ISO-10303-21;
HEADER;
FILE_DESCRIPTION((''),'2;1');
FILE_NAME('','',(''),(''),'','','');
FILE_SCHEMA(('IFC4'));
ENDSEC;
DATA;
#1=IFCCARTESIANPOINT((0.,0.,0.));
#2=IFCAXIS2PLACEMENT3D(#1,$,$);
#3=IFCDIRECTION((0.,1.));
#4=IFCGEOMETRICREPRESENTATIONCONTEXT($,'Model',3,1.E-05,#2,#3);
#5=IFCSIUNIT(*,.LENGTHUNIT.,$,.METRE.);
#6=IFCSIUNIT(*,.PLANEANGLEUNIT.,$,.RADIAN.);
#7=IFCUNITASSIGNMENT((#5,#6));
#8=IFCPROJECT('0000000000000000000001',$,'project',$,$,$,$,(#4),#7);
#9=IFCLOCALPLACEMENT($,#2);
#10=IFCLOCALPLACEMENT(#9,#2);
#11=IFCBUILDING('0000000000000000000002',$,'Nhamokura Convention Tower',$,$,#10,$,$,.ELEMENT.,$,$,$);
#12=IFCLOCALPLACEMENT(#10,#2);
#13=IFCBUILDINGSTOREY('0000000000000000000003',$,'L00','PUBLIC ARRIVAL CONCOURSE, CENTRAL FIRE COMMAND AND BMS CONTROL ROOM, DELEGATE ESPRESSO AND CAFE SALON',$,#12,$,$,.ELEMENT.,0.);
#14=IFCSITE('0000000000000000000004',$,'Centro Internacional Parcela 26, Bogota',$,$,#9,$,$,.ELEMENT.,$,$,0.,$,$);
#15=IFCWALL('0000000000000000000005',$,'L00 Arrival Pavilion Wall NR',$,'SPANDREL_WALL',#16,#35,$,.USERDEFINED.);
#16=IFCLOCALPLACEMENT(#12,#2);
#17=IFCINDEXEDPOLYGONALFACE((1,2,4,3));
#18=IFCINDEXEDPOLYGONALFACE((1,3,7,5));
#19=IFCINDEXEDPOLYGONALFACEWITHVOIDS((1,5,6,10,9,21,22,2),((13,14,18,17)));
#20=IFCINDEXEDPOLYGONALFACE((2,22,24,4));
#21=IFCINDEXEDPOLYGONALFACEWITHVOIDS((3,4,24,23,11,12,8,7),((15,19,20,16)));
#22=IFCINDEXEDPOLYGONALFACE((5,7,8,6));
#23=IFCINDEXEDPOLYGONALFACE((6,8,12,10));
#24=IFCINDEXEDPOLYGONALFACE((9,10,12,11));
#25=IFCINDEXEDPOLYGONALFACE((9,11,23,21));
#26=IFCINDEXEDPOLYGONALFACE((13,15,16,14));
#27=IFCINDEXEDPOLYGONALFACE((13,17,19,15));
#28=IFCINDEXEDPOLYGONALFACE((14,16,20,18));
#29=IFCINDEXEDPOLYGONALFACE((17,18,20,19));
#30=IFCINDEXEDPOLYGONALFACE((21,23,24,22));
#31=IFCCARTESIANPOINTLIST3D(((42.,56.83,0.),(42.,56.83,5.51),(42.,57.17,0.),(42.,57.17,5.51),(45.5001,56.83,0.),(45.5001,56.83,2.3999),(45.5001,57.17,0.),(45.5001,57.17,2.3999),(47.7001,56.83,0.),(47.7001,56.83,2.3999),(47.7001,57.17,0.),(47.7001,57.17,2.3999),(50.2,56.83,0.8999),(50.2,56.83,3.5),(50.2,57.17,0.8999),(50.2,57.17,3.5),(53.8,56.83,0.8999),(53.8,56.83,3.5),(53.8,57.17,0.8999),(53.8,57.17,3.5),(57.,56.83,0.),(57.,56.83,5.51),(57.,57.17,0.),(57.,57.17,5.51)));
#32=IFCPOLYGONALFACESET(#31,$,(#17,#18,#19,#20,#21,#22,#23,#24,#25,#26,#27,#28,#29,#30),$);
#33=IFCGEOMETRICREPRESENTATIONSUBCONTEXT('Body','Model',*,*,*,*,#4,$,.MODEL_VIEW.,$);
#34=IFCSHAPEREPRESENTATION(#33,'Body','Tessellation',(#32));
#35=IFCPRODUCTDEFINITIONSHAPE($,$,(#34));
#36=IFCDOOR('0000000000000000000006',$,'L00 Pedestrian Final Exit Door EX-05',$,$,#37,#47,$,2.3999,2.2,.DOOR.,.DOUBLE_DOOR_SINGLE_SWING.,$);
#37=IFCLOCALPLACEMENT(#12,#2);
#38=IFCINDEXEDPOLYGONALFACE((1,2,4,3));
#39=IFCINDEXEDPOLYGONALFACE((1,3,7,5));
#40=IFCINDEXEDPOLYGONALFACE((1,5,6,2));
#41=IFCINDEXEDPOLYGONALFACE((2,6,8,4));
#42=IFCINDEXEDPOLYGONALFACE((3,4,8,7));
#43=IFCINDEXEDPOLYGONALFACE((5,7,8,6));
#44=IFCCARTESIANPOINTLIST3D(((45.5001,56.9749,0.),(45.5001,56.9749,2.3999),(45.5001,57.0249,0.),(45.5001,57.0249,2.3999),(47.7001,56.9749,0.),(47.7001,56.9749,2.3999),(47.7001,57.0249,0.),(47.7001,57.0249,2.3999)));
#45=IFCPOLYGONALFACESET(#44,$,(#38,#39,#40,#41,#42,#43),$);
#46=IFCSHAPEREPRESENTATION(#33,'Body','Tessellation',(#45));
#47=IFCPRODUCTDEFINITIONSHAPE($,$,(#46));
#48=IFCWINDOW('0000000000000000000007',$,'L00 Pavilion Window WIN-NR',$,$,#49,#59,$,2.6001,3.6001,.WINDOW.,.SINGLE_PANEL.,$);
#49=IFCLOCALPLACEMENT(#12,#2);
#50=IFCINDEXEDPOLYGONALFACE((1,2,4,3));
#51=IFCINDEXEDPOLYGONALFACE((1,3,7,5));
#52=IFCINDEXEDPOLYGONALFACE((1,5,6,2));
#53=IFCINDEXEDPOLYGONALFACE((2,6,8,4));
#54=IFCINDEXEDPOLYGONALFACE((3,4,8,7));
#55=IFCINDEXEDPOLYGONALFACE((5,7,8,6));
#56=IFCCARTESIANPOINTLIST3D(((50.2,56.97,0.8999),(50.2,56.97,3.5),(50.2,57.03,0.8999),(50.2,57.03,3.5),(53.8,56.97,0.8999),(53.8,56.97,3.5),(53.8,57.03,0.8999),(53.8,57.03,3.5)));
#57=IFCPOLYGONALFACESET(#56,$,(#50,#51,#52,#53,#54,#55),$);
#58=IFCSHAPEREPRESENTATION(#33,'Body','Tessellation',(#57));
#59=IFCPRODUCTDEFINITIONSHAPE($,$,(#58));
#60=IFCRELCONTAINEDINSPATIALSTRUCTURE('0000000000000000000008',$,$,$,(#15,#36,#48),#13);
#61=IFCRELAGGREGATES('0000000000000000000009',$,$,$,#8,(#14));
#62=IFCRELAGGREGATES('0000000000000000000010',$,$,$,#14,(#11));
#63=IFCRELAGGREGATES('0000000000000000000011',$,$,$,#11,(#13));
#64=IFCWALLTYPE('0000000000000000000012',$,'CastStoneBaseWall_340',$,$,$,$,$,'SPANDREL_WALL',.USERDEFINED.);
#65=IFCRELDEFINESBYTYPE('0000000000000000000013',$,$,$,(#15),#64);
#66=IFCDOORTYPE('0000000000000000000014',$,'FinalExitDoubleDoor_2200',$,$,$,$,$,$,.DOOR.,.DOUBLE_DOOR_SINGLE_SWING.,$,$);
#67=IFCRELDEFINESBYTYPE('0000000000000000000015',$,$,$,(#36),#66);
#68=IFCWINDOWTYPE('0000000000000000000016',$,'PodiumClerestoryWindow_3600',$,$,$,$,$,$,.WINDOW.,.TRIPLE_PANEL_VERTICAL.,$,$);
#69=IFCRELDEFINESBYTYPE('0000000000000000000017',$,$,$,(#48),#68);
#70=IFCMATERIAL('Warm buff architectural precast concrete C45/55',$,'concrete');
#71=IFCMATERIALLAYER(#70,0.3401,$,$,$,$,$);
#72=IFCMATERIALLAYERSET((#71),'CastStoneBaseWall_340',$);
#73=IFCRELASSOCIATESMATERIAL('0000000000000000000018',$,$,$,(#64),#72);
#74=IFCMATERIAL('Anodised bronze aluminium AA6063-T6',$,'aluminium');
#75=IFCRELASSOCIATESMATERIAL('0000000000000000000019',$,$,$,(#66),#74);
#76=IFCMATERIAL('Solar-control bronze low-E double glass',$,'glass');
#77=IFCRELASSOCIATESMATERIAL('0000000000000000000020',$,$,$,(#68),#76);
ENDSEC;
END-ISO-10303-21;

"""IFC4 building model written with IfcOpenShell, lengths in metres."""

from ifc_helpers import new_model, si_unit, direction, frame, frame_2d, origin, place, context, subcontext, project, spatial, rectangle, extrude, material, layer, layer_set, type_object, element, fill, save


model = new_model("IFC4")

# Units and contexts
model_context = context("Model", 3, precision=1e-05, world=origin(), true_north=direction((0.0, 1.0)))
body_context = subcontext(model_context, "Body", "Model", "MODEL_VIEW")
ifc_project = project(units=[si_unit("LENGTHUNIT", "METRE"), si_unit("PLANEANGLEUNIT", "RADIAN")], contexts=[model_context])

# Site, building, storey
site_placement = place(None, origin())
site = spatial("IfcSite", under=ifc_project, at=site_placement, Name="Centro Internacional Parcela 26, Bogota", CompositionType="ELEMENT", RefElevation=0.0)
building_placement = place(site_placement, origin())
building = spatial("IfcBuilding", under=site, at=building_placement, Name="Nhamokura Convention Tower", CompositionType="ELEMENT")
storey_placement = place(building_placement, origin())
storey = spatial("IfcBuildingStorey", under=building, at=storey_placement, Name="L00", Description="PUBLIC ARRIVAL CONCOURSE, CENTRAL FIRE COMMAND AND BMS CONTROL ROOM, DELEGATE ESPRESSO AND CAFE SALON", CompositionType="ELEMENT", Elevation=0.0)

# Wall, openings, door, window
ifc_material_1 = material(Name="Warm buff architectural precast concrete C45/55", Category="concrete")
ifc_layer_1 = layer(ifc_material_1, 0.3401)
ifc_layer_set_1 = layer_set([ifc_layer_1], Name="CastStoneBaseWall_340")
wall_type = type_object("IfcWallType", Name="CastStoneBaseWall_340", ElementType="SPANDREL_WALL", PredefinedType="USERDEFINED", material=ifc_layer_set_1)
wall_placement = place(storey_placement, frame((42.0, 57.0, 0.0), z_axis=(0.0, 0.0, 1.0), x_axis=(1.0, 0.0, 0.0)))
wall = element("IfcWall", 1, at=wall_placement, inside=storey, type_object=wall_type, Name="L00 Arrival Pavilion Wall NR", ObjectType="SPANDREL_WALL", PredefinedType="USERDEFINED", context=body_context, shape_type="SweptSolid", body=[
    extrude(rectangle(XDim=15.0, YDim=0.3401, at=frame_2d((7.5, 0.0))), origin(), (0.0, 0.0, 1.0), 5.51),
])
opening_1_placement = place(wall_placement, frame((3.5, 0.0, 0.0)))
opening_1 = element("IfcOpeningElement", 2, at=opening_1_placement, cuts=wall, PredefinedType="OPENING", context=body_context, shape_type="SweptSolid", body=[
    extrude(rectangle(XDim=2.2, YDim=2.3999, at=frame_2d((1.1001, 1.2))), frame((0.0, 0.1799, 0.0), z_axis=(0.0, -1.0, 0.0), x_axis=(1.0, 0.0, 0.0)), (0.0, 0.0, 1.0), 0.3601),
])
opening_2_placement = place(wall_placement, frame((8.2, 0.0, 0.8999)))
opening_2 = element("IfcOpeningElement", 3, at=opening_2_placement, cuts=wall, PredefinedType="OPENING", context=body_context, shape_type="SweptSolid", body=[
    extrude(rectangle(XDim=3.6001, YDim=2.6001, at=frame_2d((1.8, 1.3))), frame((0.0, 0.1799, 0.0), z_axis=(0.0, -1.0, 0.0), x_axis=(1.0, 0.0, 0.0)), (0.0, 0.0, 1.0), 0.3601),
])
ifc_material_2 = material(Name="Anodised bronze aluminium AA6063-T6", Category="aluminium")
door_type = type_object("IfcDoorType", Name="FinalExitDoubleDoor_2200", OperationType="DOUBLE_DOOR_SINGLE_SWING", PredefinedType="DOOR", material=ifc_material_2)
door_placement = place(opening_1_placement, origin())
door = element("IfcDoor", 4, at=door_placement, inside=storey, type_object=door_type, Name="L00 Pedestrian Final Exit Door EX-05", OperationType="DOUBLE_DOOR_SINGLE_SWING", OverallHeight=2.3999, OverallWidth=2.2, PredefinedType="DOOR", context=body_context, shape_type="SweptSolid", body=[
    extrude(rectangle(XDim=2.2, YDim=2.3999, at=frame_2d((1.1001, 1.2))), frame((0.0, 0.0249, 0.0), z_axis=(0.0, -1.0, 0.0), x_axis=(1.0, 0.0, 0.0)), (0.0, 0.0, 1.0), 0.05),
])
fill(opening_1, door)
ifc_material_3 = material(Name="Solar-control bronze low-E double glass", Category="glass")
window_type = type_object("IfcWindowType", Name="PodiumClerestoryWindow_3600", PartitioningType="TRIPLE_PANEL_VERTICAL", PredefinedType="WINDOW", material=ifc_material_3)
window_placement = place(opening_2_placement, origin())
window = element("IfcWindow", 5, at=window_placement, inside=storey, type_object=window_type, Name="L00 Pavilion Window WIN-NR", OverallHeight=2.6001, OverallWidth=3.6001, PartitioningType="SINGLE_PANEL", PredefinedType="WINDOW", context=body_context, shape_type="SweptSolid", body=[
    extrude(rectangle(XDim=3.6001, YDim=2.6001, at=frame_2d((1.8, 1.3))), frame((0.0, 0.03, 0.0), z_axis=(0.0, -1.0, 0.0), x_axis=(1.0, 0.0, 0.0)), (0.0, 0.0, 1.0), 0.0601),
])
fill(opening_2, window)

save(model, "model.ifc")
